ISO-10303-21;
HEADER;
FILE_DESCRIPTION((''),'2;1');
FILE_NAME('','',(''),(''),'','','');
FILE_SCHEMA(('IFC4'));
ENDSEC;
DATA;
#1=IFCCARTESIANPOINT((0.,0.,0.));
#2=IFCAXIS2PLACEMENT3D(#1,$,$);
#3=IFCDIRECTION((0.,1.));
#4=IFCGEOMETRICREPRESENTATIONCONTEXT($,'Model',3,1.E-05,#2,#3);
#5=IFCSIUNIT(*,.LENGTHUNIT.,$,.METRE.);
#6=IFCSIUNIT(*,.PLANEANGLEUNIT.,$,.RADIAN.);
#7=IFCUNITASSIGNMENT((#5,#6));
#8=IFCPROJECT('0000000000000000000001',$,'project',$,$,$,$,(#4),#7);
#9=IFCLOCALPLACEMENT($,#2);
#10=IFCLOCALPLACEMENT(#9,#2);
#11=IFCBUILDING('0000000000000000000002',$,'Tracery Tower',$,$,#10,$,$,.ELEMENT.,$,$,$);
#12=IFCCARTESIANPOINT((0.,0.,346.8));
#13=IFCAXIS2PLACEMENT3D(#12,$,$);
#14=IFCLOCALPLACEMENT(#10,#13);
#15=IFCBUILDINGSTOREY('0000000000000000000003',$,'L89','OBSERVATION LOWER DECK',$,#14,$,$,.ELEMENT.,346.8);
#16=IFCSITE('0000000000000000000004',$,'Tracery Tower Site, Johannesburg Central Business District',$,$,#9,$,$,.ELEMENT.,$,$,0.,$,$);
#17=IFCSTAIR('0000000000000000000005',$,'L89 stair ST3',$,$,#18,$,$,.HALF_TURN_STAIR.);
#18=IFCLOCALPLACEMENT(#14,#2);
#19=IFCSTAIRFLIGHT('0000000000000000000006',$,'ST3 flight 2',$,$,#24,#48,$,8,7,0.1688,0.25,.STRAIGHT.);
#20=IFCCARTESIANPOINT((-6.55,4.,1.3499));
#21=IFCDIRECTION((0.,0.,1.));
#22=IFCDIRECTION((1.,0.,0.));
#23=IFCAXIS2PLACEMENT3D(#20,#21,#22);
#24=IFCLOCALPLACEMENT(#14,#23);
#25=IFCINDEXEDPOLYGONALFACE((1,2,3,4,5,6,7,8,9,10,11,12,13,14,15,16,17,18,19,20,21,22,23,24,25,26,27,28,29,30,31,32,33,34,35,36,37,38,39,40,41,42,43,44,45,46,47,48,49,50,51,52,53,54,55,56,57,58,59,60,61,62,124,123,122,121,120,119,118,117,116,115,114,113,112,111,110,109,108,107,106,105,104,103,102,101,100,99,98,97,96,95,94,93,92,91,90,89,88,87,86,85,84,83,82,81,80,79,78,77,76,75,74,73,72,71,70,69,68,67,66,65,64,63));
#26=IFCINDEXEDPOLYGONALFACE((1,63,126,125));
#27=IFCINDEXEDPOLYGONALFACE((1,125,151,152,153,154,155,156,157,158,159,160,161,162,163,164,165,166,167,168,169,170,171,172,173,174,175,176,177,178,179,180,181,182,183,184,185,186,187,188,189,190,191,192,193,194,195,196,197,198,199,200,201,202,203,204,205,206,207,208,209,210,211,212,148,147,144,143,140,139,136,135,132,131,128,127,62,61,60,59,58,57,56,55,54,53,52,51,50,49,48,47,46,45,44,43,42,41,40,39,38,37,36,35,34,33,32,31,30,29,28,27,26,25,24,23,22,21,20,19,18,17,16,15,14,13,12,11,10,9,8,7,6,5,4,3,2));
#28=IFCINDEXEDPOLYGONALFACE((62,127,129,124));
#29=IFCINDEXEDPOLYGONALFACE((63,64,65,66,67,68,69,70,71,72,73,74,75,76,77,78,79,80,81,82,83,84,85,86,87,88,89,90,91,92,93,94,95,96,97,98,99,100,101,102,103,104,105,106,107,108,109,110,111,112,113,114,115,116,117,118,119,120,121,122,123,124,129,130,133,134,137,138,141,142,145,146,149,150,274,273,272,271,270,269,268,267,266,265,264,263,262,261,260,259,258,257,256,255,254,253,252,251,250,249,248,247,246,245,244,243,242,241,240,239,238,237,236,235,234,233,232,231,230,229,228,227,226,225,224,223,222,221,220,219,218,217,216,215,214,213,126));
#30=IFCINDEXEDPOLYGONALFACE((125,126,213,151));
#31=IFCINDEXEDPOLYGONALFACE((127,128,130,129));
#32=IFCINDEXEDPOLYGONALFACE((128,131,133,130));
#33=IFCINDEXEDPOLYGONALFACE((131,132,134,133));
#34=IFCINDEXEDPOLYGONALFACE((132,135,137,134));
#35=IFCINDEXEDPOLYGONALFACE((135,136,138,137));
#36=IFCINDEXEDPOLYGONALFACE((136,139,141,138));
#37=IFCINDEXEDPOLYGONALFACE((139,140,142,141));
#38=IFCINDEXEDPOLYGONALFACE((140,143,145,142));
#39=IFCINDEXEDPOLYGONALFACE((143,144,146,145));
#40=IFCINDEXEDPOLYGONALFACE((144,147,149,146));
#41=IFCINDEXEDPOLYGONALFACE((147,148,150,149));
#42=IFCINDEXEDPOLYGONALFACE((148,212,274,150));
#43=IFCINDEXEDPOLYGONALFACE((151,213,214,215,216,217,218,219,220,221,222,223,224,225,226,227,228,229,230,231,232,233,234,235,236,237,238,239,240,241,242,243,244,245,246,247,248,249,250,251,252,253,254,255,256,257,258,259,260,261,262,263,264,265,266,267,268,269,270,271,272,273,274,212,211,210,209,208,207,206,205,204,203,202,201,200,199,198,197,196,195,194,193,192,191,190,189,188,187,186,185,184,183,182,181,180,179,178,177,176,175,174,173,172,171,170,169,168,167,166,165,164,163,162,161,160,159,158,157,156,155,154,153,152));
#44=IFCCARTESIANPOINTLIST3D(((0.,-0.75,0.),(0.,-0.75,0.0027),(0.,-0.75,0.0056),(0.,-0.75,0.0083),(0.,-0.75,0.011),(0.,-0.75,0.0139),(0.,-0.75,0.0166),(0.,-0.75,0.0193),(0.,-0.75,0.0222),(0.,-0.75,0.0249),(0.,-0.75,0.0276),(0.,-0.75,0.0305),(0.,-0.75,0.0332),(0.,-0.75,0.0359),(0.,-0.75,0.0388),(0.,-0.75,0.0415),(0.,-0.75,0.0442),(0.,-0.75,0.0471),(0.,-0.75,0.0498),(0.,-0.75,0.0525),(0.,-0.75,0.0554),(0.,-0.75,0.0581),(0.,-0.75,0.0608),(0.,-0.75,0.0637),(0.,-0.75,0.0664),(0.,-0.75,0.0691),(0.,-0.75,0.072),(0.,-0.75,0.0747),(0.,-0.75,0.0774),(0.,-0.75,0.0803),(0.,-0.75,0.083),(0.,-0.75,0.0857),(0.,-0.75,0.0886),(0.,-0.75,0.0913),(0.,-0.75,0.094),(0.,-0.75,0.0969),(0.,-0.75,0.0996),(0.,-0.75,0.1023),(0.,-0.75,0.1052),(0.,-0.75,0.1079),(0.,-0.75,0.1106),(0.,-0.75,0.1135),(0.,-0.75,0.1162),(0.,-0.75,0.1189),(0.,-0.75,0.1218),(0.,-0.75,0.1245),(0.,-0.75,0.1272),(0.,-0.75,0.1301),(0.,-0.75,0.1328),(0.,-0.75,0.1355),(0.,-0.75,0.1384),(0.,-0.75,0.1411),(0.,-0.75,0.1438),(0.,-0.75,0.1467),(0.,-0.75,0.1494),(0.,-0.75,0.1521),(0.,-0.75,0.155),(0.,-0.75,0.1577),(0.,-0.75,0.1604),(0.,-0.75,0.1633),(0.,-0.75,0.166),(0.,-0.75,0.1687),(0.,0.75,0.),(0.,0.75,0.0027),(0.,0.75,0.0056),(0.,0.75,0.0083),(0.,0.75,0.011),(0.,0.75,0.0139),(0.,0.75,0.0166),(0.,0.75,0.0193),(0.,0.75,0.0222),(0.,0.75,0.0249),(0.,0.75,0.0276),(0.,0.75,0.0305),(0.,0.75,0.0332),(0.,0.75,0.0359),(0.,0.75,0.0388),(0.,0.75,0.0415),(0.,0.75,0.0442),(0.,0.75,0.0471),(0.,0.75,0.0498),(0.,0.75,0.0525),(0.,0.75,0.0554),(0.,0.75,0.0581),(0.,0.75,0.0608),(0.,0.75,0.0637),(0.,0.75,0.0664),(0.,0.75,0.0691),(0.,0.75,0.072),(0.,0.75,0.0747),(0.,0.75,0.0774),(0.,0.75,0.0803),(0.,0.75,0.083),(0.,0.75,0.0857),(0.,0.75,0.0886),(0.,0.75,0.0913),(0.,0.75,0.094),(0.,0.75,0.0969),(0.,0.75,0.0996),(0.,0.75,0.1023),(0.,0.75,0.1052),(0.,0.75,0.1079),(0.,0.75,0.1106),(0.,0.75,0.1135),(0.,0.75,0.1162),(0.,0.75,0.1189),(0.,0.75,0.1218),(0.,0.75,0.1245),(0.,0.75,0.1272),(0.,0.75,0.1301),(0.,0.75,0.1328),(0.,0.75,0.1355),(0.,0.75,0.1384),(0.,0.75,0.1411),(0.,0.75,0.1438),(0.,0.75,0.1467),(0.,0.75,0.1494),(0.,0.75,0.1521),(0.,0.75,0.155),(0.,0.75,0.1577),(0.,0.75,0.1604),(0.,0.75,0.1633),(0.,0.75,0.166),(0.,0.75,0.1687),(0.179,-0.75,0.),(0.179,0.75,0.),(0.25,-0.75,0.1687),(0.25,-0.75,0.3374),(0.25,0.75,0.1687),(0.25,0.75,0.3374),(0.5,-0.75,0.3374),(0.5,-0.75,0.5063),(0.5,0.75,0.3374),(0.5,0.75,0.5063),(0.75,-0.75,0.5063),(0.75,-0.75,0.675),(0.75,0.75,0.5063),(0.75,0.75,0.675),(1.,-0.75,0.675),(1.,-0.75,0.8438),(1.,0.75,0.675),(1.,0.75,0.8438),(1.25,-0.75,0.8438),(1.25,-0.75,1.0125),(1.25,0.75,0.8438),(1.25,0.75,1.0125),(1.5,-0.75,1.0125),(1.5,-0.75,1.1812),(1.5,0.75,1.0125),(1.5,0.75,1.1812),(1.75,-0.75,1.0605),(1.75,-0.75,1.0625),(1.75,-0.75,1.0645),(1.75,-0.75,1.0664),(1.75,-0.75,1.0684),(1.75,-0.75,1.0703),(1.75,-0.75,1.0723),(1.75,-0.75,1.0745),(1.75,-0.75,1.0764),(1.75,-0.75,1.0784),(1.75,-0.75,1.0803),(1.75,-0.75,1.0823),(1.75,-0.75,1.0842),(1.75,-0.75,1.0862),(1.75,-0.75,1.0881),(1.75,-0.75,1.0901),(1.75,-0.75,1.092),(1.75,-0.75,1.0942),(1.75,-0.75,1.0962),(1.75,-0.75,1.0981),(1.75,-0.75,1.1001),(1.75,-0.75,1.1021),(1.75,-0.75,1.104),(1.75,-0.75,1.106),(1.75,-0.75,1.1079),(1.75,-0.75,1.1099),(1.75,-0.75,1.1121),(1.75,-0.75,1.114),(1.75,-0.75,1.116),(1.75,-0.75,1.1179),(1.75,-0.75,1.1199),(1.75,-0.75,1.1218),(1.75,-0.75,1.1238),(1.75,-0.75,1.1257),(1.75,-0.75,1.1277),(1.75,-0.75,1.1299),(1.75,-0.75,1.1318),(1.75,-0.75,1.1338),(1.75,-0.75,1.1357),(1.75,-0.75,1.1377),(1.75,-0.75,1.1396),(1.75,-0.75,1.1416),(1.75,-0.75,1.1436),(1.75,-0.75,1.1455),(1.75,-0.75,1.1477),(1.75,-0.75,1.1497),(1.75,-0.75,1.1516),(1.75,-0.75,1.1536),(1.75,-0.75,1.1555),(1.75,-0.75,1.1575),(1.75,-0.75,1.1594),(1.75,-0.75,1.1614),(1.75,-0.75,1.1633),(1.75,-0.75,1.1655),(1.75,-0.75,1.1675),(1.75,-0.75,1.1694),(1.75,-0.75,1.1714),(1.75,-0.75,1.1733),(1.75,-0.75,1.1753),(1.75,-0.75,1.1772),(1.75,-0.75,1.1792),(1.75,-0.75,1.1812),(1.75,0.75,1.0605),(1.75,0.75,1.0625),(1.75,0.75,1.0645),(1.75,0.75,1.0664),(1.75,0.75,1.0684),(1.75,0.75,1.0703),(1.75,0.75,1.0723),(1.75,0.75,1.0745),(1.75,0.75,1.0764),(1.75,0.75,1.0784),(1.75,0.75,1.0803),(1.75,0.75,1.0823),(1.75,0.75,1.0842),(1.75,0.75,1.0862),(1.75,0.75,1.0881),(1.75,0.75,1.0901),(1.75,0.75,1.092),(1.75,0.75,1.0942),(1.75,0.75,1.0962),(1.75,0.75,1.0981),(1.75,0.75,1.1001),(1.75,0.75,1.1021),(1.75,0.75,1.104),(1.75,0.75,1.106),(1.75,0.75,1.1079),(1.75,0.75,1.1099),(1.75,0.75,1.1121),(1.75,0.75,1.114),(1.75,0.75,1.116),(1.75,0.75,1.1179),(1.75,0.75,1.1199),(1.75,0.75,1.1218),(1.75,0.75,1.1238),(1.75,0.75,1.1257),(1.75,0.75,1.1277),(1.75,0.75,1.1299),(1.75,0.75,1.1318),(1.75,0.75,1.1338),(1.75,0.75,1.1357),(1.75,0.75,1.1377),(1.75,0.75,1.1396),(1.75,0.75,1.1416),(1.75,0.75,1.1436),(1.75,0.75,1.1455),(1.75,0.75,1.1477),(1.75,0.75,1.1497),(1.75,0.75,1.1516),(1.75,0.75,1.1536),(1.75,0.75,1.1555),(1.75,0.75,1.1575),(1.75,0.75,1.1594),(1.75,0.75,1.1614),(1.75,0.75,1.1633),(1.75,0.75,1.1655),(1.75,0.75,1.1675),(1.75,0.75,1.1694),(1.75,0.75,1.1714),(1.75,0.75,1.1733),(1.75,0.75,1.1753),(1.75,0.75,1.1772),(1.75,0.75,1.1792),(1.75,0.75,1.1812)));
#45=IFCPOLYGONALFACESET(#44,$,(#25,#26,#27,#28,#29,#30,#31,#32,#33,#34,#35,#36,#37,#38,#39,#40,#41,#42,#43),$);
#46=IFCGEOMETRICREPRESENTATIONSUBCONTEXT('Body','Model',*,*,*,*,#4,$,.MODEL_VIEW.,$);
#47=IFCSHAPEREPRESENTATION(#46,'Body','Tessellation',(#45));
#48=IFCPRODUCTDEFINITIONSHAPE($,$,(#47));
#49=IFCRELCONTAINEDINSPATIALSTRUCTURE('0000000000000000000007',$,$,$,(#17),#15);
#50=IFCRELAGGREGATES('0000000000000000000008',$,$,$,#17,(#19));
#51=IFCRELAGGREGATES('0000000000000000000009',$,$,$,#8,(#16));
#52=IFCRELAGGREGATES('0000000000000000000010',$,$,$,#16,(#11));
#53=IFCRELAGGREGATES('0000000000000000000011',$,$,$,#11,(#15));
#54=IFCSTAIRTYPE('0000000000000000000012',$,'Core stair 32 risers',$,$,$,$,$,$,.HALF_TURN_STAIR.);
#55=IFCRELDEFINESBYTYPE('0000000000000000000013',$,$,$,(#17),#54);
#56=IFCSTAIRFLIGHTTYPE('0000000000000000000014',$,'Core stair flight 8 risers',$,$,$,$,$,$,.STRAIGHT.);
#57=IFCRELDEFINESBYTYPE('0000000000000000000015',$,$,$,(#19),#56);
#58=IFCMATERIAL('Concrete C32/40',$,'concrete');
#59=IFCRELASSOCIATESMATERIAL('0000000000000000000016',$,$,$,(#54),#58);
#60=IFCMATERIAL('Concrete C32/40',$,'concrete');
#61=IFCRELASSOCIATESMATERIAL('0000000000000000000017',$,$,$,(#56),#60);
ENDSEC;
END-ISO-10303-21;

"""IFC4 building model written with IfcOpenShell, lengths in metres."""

from ifc_helpers import new_model, si_unit, direction, frame, origin, place, context, subcontext, project, spatial, polyline, outline, extrude, material, type_object, element, aggregate, save


model = new_model("IFC4")

# Units and contexts
model_context = context("Model", 3, precision=1e-05, world=origin(), true_north=direction((0.0, 1.0)))
body_context = subcontext(model_context, "Body", "Model", "MODEL_VIEW")
ifc_project = project(units=[si_unit("LENGTHUNIT", "METRE"), si_unit("PLANEANGLEUNIT", "RADIAN")], contexts=[model_context])

# Site, building, storey
site_placement = place(None, origin())
site = spatial("IfcSite", under=ifc_project, at=site_placement, Name="Tracery Tower Site, Johannesburg Central Business District", CompositionType="ELEMENT", RefElevation=0.0)
building_placement = place(site_placement, origin())
building = spatial("IfcBuilding", under=site, at=building_placement, Name="Tracery Tower", CompositionType="ELEMENT")
storey_placement = place(building_placement, frame((0.0, 0.0, 346.8)))
storey = spatial("IfcBuildingStorey", under=building, at=storey_placement, Name="L89", Description="OBSERVATION LOWER DECK", CompositionType="ELEMENT", Elevation=346.8)

# Stair, stair flight
ifc_material_1 = material(Name="Concrete C32/40", Category="concrete")
stair_type = type_object("IfcStairType", Name="Core stair 32 risers", PredefinedType="HALF_TURN_STAIR", material=ifc_material_1)
stair_placement = place(storey_placement, origin())
stair = element("IfcStair", 1, at=stair_placement, inside=storey, type_object=stair_type, Name="L89 stair ST3", PredefinedType="HALF_TURN_STAIR")
ifc_material_2 = material(Name="Concrete C32/40", Category="concrete")
stair_flight_type = type_object("IfcStairFlightType", Name="Core stair flight 8 risers", PredefinedType="STRAIGHT", material=ifc_material_2)
stair_flight_1_placement = place(storey_placement, frame((-6.55, 4.0, 1.3499), z_axis=(0.0, 0.0, 1.0), x_axis=(1.0, 0.0, 0.0)))
stair_flight_1 = element("IfcStairFlight", 2, at=stair_flight_1_placement, type_object=stair_flight_type, Name="ST3 flight 2", NumberOfRisers=8, NumberOfTreads=7, PredefinedType="STRAIGHT", RiserHeight=0.1688, TreadLength=0.25, context=body_context, shape_type="SweptSolid", body=[
    extrude(outline(polyline([(0.0, 0.0), (0.0, 0.0027), (0.0, 0.0056), (0.0, 0.0083), (0.0, 0.011), (0.0, 0.0139), (0.0, 0.0166), (0.0, 0.0193), (0.0, 0.0222), (0.0, 0.0249), (0.0, 0.0276), (0.0, 0.0305), (0.0, 0.0332), (0.0, 0.0359), (0.0, 0.0388), (0.0, 0.0415), (0.0, 0.0442), (0.0, 0.0471), (0.0, 0.0498), (0.0, 0.0525), (0.0, 0.0554), (0.0, 0.0581), (0.0, 0.0608), (0.0, 0.0637), (0.0, 0.0664), (0.0, 0.0691), (0.0, 0.072), (0.0, 0.0747), (0.0, 0.0774), (0.0, 0.0803), (0.0, 0.083), (0.0, 0.0857), (0.0, 0.0886), (0.0, 0.0913), (0.0, 0.094), (0.0, 0.0969), (0.0, 0.0996), (0.0, 0.1023), (0.0, 0.1052), (0.0, 0.1079), (0.0, 0.1106), (0.0, 0.1135), (0.0, 0.1162), (0.0, 0.1189), (0.0, 0.1218), (0.0, 0.1245), (0.0, 0.1272), (0.0, 0.1301), (0.0, 0.1328), (0.0, 0.1355), (0.0, 0.1384), (0.0, 0.1411), (0.0, 0.1438), (0.0, 0.1467), (0.0, 0.1494), (0.0, 0.1521), (0.0, 0.155), (0.0, 0.1577), (0.0, 0.1604), (0.0, 0.1633), (0.0, 0.166), (0.0, 0.1687), (0.25, 0.1687), (0.25, 0.3374), (0.5, 0.3374), (0.5, 0.5063), (0.75, 0.5063), (0.75, 0.675), (1.0, 0.675), (1.0, 0.8438), (1.25, 0.8438), (1.25, 1.0125), (1.5, 1.0125), (1.5, 1.1812), (1.75, 1.1812), (1.75, 1.1792), (1.75, 1.1772), (1.75, 1.1753), (1.75, 1.1733), (1.75, 1.1714), (1.75, 1.1694), (1.75, 1.1675), (1.75, 1.1655), (1.75, 1.1633), (1.75, 1.1614), (1.75, 1.1594), (1.75, 1.1575), (1.75, 1.1555), (1.75, 1.1536), (1.75, 1.1516), (1.75, 1.1497), (1.75, 1.1477), (1.75, 1.1455), (1.75, 1.1436), (1.75, 1.1416), (1.75, 1.1396), (1.75, 1.1377), (1.75, 1.1357), (1.75, 1.1338), (1.75, 1.1318), (1.75, 1.1299), (1.75, 1.1277), (1.75, 1.1257), (1.75, 1.1238), (1.75, 1.1218), (1.75, 1.1199), (1.75, 1.1179), (1.75, 1.116), (1.75, 1.114), (1.75, 1.1121), (1.75, 1.1099), (1.75, 1.1079), (1.75, 1.106), (1.75, 1.104), (1.75, 1.1021), (1.75, 1.1001), (1.75, 1.0981), (1.75, 1.0962), (1.75, 1.0942), (1.75, 1.092), (1.75, 1.0901), (1.75, 1.0881), (1.75, 1.0862), (1.75, 1.0842), (1.75, 1.0823), (1.75, 1.0803), (1.75, 1.0784), (1.75, 1.0764), (1.75, 1.0745), (1.75, 1.0723), (1.75, 1.0703), (1.75, 1.0684), (1.75, 1.0664), (1.75, 1.0645), (1.75, 1.0625), (1.75, 1.0605), (0.179, 0.0), (0.0, 0.0)])), frame((0.0, 0.75, 0.0), z_axis=(0.0, -1.0, 0.0), x_axis=(1.0, 0.0, 0.0)), (0.0, 0.0, 1.0), 1.5),
])
aggregate(stair, [stair_flight_1])

save(model, "model.ifc")
